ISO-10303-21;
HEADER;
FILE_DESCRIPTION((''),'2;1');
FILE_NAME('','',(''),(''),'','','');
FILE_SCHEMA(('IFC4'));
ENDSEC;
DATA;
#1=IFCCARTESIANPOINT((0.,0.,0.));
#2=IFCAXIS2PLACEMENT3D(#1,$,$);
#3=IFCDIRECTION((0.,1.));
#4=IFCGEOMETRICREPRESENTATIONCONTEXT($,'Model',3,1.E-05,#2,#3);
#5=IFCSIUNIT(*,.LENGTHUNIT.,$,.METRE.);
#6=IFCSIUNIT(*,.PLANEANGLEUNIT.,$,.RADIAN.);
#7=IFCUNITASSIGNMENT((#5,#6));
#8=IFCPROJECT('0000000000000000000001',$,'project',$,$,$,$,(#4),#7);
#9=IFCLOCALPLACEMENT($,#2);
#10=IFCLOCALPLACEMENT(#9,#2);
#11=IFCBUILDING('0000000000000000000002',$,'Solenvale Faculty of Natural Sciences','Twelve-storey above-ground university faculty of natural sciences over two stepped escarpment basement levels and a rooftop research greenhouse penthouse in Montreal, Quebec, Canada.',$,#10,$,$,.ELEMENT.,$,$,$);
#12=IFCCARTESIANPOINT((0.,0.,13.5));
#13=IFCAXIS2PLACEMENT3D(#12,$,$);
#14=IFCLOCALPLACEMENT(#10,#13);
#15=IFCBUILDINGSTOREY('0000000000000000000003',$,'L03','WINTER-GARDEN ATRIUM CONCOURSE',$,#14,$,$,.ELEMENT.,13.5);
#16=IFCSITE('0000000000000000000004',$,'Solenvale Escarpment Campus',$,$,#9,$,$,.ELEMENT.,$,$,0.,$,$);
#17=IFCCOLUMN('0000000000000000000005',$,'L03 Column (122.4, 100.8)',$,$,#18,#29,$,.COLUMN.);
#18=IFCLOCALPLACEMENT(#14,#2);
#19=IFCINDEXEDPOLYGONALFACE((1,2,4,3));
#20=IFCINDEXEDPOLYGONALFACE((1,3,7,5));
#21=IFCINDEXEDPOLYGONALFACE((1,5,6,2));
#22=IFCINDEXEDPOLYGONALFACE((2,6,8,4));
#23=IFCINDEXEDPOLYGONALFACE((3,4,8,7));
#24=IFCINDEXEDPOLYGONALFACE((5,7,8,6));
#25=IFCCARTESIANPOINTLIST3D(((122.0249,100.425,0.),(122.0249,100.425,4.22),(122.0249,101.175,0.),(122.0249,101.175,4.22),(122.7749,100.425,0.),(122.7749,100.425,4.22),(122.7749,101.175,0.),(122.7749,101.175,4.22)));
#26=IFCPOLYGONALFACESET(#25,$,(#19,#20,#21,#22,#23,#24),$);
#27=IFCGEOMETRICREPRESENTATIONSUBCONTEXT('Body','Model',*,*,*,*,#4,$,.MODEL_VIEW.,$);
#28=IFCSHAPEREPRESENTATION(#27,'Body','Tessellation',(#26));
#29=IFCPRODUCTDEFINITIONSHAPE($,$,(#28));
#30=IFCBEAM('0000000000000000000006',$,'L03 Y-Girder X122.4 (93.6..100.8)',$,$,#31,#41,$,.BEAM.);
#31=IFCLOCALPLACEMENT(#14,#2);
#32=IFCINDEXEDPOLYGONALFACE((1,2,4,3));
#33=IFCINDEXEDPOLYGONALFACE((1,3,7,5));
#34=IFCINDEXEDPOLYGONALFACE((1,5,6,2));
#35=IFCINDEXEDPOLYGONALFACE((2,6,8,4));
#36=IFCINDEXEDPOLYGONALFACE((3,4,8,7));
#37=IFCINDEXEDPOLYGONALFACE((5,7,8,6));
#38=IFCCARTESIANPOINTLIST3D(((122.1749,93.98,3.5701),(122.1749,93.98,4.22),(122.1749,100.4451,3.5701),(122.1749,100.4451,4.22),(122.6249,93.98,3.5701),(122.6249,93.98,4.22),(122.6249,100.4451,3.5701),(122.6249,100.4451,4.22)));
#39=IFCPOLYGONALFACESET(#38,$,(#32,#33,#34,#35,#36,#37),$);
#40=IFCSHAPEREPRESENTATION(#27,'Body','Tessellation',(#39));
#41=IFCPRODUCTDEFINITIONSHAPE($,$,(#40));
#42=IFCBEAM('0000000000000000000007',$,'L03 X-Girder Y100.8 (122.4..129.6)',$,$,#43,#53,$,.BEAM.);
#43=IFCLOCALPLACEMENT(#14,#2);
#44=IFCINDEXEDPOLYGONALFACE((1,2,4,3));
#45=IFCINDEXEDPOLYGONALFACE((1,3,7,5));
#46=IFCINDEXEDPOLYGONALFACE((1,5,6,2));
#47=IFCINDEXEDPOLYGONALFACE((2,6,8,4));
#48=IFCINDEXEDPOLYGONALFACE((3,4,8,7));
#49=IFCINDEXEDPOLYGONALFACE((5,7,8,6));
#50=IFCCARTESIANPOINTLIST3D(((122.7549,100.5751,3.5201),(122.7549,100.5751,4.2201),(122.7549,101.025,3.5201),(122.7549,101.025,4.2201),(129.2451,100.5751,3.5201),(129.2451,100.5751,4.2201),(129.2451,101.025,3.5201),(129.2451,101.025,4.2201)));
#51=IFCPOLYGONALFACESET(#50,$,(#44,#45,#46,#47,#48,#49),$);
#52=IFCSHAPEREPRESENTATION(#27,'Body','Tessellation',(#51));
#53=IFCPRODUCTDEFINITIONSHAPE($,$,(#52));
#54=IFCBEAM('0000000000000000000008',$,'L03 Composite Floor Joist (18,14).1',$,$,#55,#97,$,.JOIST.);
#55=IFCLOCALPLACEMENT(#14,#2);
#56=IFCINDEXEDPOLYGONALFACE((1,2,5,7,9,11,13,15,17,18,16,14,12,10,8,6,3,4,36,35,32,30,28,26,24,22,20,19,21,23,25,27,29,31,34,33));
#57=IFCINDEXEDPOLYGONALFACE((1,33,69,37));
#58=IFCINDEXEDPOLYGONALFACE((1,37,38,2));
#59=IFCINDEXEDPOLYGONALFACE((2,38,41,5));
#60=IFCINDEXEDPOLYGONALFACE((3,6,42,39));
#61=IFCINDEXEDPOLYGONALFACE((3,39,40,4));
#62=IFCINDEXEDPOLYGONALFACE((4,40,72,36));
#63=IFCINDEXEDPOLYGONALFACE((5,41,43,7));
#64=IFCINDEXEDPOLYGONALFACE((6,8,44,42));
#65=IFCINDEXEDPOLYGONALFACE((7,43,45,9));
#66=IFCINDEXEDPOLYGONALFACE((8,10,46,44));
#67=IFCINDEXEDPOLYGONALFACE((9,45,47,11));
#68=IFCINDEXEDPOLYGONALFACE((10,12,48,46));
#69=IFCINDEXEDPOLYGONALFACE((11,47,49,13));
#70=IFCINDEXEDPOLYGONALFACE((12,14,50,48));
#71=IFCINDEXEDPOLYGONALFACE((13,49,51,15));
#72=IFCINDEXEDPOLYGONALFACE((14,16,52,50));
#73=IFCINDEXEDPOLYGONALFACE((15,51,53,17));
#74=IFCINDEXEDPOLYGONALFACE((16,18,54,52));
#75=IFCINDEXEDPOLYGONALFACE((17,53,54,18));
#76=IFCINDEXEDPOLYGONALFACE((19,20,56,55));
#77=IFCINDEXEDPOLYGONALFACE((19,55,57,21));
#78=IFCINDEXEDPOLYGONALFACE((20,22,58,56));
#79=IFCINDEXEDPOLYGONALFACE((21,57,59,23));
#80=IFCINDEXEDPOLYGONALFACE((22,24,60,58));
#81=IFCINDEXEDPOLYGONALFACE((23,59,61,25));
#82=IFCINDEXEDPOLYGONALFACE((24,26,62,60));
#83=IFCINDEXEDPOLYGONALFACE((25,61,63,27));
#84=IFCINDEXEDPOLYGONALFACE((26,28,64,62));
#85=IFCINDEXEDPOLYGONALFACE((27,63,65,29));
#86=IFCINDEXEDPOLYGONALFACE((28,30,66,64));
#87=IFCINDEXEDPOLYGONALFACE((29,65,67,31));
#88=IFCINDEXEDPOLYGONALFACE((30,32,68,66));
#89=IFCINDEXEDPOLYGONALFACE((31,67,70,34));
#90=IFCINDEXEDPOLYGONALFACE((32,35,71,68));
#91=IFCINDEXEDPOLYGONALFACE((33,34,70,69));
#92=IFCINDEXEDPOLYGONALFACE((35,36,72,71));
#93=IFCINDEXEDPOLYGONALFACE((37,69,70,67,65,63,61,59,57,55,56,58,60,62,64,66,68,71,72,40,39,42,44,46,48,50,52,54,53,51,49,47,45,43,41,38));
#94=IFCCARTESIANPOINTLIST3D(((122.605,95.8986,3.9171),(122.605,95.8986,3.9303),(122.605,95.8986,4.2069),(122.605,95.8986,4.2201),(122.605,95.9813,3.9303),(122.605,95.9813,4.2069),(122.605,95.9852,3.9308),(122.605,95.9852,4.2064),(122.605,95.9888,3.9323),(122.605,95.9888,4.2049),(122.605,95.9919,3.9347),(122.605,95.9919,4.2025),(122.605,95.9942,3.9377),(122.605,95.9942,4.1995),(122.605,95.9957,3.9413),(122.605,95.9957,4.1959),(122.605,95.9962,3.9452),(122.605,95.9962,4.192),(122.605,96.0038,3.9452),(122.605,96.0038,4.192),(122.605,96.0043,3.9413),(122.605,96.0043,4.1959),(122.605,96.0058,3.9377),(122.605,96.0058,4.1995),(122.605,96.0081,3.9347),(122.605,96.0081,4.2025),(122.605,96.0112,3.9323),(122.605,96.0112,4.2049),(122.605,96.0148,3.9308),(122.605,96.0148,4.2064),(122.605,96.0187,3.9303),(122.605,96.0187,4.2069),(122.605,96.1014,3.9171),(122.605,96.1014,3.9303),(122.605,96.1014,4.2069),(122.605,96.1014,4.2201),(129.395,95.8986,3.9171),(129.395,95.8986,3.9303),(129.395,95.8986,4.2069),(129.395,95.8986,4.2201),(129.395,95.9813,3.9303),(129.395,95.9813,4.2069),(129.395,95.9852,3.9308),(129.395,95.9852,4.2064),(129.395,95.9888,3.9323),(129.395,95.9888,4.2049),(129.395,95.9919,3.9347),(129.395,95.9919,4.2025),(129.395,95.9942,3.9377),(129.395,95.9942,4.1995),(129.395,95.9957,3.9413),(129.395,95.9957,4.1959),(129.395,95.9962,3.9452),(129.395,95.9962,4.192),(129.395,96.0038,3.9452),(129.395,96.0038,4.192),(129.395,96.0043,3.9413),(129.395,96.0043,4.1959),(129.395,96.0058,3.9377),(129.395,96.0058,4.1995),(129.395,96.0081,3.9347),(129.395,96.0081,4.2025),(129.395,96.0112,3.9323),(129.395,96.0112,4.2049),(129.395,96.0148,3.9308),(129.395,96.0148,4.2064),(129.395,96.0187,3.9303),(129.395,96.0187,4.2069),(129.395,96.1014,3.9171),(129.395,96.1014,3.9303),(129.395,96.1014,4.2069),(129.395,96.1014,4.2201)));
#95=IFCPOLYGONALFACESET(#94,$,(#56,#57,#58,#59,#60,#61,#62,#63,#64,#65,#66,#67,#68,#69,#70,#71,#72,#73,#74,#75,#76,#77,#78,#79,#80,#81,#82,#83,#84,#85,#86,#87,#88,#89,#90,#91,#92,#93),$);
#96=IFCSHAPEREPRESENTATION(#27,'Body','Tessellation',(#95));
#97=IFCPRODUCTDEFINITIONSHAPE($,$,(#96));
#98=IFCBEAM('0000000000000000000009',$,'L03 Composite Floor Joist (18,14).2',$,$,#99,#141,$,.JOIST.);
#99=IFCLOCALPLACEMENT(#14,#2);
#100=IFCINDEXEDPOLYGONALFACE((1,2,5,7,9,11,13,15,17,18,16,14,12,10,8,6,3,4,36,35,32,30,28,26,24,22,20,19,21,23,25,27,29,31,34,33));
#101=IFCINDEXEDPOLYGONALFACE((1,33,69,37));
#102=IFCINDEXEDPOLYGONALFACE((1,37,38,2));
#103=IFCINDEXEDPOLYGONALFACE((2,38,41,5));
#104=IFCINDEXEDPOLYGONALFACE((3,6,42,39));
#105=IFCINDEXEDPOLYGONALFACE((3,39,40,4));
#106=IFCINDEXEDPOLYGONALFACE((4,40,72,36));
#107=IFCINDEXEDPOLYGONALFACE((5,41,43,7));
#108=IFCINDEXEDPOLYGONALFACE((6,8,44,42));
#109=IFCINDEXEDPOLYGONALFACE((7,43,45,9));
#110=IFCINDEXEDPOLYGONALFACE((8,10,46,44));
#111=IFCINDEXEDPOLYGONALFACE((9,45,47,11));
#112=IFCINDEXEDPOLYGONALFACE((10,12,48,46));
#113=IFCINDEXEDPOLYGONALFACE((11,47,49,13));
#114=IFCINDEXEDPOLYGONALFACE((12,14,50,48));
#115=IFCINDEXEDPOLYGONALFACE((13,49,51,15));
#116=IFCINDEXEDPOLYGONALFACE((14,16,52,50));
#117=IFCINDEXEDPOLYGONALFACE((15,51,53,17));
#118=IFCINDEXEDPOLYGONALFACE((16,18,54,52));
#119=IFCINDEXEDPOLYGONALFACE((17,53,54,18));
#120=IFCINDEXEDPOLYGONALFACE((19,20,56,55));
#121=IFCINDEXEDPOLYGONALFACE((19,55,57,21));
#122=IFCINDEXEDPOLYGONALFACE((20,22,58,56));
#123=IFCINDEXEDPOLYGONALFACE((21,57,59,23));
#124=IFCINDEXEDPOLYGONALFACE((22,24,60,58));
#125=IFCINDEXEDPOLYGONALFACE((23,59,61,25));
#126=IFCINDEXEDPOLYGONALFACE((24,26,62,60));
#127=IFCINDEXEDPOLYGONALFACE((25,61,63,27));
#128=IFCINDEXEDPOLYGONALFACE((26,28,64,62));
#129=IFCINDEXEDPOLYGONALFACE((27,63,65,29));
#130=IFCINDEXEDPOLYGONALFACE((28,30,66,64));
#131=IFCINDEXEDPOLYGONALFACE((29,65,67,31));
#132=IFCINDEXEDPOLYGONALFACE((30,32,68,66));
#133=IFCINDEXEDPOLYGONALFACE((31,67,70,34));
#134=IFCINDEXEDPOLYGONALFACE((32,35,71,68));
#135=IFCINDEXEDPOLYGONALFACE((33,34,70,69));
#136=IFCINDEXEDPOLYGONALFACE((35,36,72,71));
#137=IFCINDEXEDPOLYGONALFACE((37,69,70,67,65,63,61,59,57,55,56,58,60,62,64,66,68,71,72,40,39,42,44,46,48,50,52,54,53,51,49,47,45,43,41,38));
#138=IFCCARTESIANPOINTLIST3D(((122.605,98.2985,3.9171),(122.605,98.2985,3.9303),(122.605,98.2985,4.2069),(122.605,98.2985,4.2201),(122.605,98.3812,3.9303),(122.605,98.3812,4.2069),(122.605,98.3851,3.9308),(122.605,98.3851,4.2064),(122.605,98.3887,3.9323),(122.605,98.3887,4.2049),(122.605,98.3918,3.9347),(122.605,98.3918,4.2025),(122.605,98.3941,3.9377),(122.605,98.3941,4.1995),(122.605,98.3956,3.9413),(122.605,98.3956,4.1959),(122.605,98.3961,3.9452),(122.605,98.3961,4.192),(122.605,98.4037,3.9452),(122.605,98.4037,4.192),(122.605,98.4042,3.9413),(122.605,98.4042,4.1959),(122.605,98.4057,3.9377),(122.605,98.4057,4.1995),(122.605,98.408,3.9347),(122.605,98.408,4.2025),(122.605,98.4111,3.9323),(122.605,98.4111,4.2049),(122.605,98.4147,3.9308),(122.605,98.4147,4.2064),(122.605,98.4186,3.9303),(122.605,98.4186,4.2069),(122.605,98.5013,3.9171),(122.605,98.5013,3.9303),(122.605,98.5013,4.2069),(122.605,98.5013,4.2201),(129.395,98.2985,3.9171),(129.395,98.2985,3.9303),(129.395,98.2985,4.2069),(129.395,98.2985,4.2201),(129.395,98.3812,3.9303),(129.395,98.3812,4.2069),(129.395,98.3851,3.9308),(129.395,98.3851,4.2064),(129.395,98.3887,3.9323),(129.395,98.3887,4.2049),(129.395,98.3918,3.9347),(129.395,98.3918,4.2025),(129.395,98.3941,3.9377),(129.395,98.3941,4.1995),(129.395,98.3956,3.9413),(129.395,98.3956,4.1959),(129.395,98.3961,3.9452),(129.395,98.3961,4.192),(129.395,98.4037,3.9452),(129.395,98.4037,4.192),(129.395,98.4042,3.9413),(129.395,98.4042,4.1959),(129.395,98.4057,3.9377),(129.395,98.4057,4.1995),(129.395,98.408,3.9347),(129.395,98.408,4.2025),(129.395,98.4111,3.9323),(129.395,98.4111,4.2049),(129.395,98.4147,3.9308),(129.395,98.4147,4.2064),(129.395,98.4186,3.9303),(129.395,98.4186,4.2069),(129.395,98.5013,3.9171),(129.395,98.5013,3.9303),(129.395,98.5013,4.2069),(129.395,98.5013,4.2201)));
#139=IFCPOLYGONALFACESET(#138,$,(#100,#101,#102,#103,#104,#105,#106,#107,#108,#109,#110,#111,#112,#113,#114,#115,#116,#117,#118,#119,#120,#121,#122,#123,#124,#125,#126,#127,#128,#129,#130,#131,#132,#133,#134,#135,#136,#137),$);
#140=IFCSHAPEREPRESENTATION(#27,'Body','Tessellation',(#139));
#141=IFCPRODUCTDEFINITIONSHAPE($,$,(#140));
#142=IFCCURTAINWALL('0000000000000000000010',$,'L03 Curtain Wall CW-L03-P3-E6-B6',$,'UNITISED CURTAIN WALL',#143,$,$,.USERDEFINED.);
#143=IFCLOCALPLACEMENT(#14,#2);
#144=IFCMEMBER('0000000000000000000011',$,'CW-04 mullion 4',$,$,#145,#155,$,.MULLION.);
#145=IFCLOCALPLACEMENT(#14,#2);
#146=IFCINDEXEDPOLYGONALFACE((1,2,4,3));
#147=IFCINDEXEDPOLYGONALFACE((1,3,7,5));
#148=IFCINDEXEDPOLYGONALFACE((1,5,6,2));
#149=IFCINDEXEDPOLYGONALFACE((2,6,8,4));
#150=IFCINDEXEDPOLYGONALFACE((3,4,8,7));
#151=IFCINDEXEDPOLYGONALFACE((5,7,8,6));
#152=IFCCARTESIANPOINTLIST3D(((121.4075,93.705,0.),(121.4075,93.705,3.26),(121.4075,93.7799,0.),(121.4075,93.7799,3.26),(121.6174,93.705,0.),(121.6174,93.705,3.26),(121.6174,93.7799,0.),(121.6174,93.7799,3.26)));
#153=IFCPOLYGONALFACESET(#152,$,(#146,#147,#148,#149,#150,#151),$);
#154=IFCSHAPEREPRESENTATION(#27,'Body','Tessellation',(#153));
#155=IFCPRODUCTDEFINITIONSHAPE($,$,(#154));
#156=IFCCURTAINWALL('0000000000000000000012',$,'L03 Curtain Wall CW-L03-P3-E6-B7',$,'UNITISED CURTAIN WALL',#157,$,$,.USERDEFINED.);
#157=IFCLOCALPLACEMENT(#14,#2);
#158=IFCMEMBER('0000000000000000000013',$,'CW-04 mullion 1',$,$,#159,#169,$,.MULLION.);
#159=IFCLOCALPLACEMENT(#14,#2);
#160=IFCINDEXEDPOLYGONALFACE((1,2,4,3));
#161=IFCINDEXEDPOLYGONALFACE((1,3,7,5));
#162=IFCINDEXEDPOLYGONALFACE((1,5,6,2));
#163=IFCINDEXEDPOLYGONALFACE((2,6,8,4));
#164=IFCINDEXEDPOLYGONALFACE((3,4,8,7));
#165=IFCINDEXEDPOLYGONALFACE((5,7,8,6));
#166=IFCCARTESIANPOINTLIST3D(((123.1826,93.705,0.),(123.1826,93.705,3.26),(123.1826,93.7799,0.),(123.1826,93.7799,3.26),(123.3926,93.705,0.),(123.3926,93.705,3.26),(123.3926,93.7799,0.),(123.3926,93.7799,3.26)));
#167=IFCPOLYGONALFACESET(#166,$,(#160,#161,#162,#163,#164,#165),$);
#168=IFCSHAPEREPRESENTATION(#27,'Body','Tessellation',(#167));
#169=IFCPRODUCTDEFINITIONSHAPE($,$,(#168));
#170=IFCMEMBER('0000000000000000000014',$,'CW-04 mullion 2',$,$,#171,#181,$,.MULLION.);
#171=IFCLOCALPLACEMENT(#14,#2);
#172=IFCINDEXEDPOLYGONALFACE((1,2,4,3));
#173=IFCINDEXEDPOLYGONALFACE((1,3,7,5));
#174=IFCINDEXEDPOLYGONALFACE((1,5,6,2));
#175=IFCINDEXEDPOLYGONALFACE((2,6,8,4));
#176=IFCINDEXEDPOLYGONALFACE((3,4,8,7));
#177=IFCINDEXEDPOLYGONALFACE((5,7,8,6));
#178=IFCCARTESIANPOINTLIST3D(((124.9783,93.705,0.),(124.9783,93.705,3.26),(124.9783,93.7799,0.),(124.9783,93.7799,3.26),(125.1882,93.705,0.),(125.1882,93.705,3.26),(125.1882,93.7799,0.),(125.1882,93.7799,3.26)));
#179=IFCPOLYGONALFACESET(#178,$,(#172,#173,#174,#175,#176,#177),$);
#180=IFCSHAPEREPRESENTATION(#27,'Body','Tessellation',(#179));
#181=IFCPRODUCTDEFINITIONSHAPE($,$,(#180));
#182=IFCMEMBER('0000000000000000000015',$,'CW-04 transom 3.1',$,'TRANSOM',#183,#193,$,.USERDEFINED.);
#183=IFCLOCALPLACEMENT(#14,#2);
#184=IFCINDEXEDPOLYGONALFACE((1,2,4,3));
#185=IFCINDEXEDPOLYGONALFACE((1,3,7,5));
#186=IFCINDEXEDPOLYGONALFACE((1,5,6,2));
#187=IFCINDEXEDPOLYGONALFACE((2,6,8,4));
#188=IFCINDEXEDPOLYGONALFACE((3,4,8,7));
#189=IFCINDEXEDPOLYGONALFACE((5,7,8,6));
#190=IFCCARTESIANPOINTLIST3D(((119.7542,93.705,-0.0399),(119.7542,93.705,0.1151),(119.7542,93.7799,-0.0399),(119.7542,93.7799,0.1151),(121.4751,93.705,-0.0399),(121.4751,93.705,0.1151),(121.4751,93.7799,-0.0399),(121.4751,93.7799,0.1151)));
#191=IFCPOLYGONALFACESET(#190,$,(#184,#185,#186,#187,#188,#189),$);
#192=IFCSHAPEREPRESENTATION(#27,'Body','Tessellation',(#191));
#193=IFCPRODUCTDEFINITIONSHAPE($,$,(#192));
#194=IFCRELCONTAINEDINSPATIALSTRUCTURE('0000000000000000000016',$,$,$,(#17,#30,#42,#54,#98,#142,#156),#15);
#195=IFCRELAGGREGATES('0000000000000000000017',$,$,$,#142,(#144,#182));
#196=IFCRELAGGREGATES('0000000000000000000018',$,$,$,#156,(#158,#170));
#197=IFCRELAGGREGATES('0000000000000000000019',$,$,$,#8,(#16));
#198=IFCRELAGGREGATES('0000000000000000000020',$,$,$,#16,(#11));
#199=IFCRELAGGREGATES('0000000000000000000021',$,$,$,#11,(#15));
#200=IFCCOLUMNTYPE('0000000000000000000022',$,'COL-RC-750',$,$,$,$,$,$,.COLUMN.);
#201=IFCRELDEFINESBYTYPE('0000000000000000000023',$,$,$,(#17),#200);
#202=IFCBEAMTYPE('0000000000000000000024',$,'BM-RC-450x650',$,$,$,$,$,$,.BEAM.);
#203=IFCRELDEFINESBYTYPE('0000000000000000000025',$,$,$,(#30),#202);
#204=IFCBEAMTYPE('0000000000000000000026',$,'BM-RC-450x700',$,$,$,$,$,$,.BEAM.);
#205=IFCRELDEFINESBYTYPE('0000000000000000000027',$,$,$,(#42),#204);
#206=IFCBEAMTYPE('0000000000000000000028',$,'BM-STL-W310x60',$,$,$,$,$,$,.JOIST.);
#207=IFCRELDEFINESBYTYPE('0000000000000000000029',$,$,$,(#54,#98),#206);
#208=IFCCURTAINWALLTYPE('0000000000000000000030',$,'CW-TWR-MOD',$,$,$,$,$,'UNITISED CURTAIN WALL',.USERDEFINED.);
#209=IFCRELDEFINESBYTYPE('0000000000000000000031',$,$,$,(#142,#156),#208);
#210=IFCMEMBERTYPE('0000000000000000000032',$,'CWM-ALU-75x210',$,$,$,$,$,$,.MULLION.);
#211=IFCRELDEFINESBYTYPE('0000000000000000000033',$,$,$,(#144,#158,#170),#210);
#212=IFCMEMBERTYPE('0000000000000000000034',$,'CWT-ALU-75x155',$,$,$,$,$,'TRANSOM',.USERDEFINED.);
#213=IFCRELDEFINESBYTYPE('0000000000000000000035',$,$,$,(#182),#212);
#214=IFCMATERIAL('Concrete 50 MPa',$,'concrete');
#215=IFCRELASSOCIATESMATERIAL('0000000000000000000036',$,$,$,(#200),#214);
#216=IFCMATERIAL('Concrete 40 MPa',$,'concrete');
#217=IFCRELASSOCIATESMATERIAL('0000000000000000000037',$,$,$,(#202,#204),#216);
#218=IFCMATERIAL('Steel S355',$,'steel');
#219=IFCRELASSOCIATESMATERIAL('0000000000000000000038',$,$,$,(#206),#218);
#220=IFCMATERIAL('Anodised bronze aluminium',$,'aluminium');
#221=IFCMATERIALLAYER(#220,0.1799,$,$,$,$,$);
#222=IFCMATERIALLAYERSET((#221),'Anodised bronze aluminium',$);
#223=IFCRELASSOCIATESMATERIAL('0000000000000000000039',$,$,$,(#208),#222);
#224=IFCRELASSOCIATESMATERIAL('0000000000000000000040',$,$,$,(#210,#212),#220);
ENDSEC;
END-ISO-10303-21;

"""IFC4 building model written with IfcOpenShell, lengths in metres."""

from ifc_helpers import new_model, si_unit, direction, frame, origin, origin_2d, place, context, subcontext, project, spatial, rectangle, i_section, extrude, material, layer, layer_set, material_profile, profile_set, type_object, element, aggregate, save


model = new_model("IFC4")

# Units and contexts
model_context = context("Model", 3, precision=1e-05, world=origin(), true_north=direction((0.0, 1.0)))
body_context = subcontext(model_context, "Body", "Model", "MODEL_VIEW")
ifc_project = project(units=[si_unit("LENGTHUNIT", "METRE"), si_unit("PLANEANGLEUNIT", "RADIAN")], contexts=[model_context])

# Site, building, storey
site_placement = place(None, origin())
site = spatial("IfcSite", under=ifc_project, at=site_placement, Name="Solenvale Escarpment Campus", CompositionType="ELEMENT", RefElevation=0.0)
building_placement = place(site_placement, origin())
building = spatial("IfcBuilding", under=site, at=building_placement, Name="Solenvale Faculty of Natural Sciences", Description="Twelve-storey above-ground university faculty of natural sciences over two stepped escarpment basement levels and a rooftop research greenhouse penthouse in Montreal, Quebec, Canada.", CompositionType="ELEMENT")
storey_placement = place(building_placement, frame((0.0, 0.0, 13.5)))
storey = spatial("IfcBuildingStorey", under=building, at=storey_placement, Name="L03", Description="WINTER-GARDEN ATRIUM CONCOURSE", CompositionType="ELEMENT", Elevation=13.5)

# Column
ifc_material_1 = material(Name="Concrete 50 MPa", Category="concrete")
ifc_material_profile_1 = material_profile(ifc_material_1, rectangle(XDim=0.75, YDim=0.75, at=origin_2d()), Name="RC-COL-750x750")
ifc_profile_set_1 = profile_set([ifc_material_profile_1], Name="Concrete 50 MPa")
column_type = type_object("IfcColumnType", Name="COL-RC-750", PredefinedType="COLUMN", material=ifc_profile_set_1)
column_placement = place(storey_placement, frame((122.3999, 100.8, 0.0), z_axis=(0.0, 0.0, 1.0), x_axis=(1.0, 0.0, 0.0)))
element("IfcColumn", 1, at=column_placement, inside=storey, type_object=column_type, Name="L03 Column (122.4, 100.8)", PredefinedType="COLUMN", context=body_context, shape_type="SweptSolid", body=[
    extrude(rectangle(XDim=0.75, YDim=0.75, at=origin_2d()), origin(), (0.0, 0.0, 1.0), 4.22),
])

# Beams
ifc_material_2 = material(Name="Concrete 40 MPa", Category="concrete")
ifc_material_profile_2 = material_profile(ifc_material_2, rectangle(XDim=0.45, YDim=0.6499, at=origin_2d()), Name="RC-BM-450x650")
ifc_profile_set_2 = profile_set([ifc_material_profile_2], Name="Concrete 40 MPa")
beam_type_1 = type_object("IfcBeamType", Name="BM-RC-450x650", PredefinedType="BEAM", material=ifc_profile_set_2)
beam_1_placement = place(storey_placement, frame((122.3999, 93.98, 3.895), z_axis=(0.0, 1.0, 0.0), x_axis=(-1.0, 0.0, 0.0)))
element("IfcBeam", 2, at=beam_1_placement, inside=storey, type_object=beam_type_1, Name="L03 Y-Girder X122.4 (93.6..100.8)", PredefinedType="BEAM", context=body_context, shape_type="SweptSolid", body=[
    extrude(rectangle(XDim=0.45, YDim=0.6499, at=origin_2d()), origin(), (0.0, 0.0, 1.0), 6.4651),
])
ifc_material_profile_3 = material_profile(ifc_material_2, rectangle(XDim=0.45, YDim=0.7, at=origin_2d()), Name="RC-BM-450x700")
ifc_profile_set_3 = profile_set([ifc_material_profile_3], Name="Concrete 40 MPa")
beam_type_2 = type_object("IfcBeamType", Name="BM-RC-450x700", PredefinedType="BEAM", material=ifc_profile_set_3)
beam_2_placement = place(storey_placement, frame((122.7549, 100.8, 3.8701), z_axis=(1.0, 0.0, 0.0), x_axis=(0.0, 1.0, 0.0)))
element("IfcBeam", 3, at=beam_2_placement, inside=storey, type_object=beam_type_2, Name="L03 X-Girder Y100.8 (122.4..129.6)", PredefinedType="BEAM", context=body_context, shape_type="SweptSolid", body=[
    extrude(rectangle(XDim=0.45, YDim=0.7, at=origin_2d()), origin(), (0.0, 0.0, 1.0), 6.4902),
])
ifc_material_3 = material(Name="Steel S355", Category="steel")
ifc_material_profile_4 = material_profile(ifc_material_3, i_section(OverallWidth=0.2029, OverallDepth=0.303, WebThickness=0.0076, FlangeThickness=0.0132, FilletRadius=0.0149, at=origin_2d()), Name="W310x60")
ifc_profile_set_4 = profile_set([ifc_material_profile_4], Name="Steel S355")
beam_type_3 = type_object("IfcBeamType", Name="BM-STL-W310x60", PredefinedType="JOIST", material=ifc_profile_set_4)
for number, where, z_axis, x_axis, name in (
    (4, (122.605, 96.0, 4.0686), (1.0, 0.0, 0.0), (0.0, 1.0, 0.0), "L03 Composite Floor Joist (18,14).1"),
    (5, (122.605, 98.3999, 4.0686), (1.0, 0.0, 0.0), (0.0, 1.0, 0.0), "L03 Composite Floor Joist (18,14).2"),
):
    element("IfcBeam", number, at=place(storey_placement, frame(where, z_axis=z_axis, x_axis=x_axis)), inside=storey, type_object=beam_type_3, Name=name, PredefinedType="JOIST", context=body_context, shape_type="SweptSolid", body=[
        extrude(i_section(OverallWidth=0.2029, OverallDepth=0.303, WebThickness=0.0076, FlangeThickness=0.0132, FilletRadius=0.0149, at=origin_2d()), origin(), (0.0, 0.0, 1.0), 6.79),
    ])

# Curtain wall, member
ifc_material_4 = material(Name="Anodised bronze aluminium", Category="aluminium")
ifc_layer_1 = layer(ifc_material_4, 0.1799)
ifc_layer_set_1 = layer_set([ifc_layer_1], Name="Anodised bronze aluminium")
curtain_wall_type = type_object("IfcCurtainWallType", Name="CW-TWR-MOD", ElementType="UNITISED CURTAIN WALL", PredefinedType="USERDEFINED", material=ifc_layer_set_1)
curtain_wall_1_placement = place(storey_placement, origin())
curtain_wall_1 = element("IfcCurtainWall", 6, at=curtain_wall_1_placement, inside=storey, type_object=curtain_wall_type, Name="L03 Curtain Wall CW-L03-P3-E6-B6", ObjectType="UNITISED CURTAIN WALL", PredefinedType="USERDEFINED")
ifc_material_profile_5 = material_profile(ifc_material_4, rectangle(XDim=0.075, YDim=0.21, at=origin_2d()), Name="ALU-MUL-75x210")
ifc_profile_set_5 = profile_set([ifc_material_profile_5], Name="Anodised bronze aluminium")
member_type_1 = type_object("IfcMemberType", Name="CWM-ALU-75x210", PredefinedType="MULLION", material=ifc_profile_set_5)
member_1_placement = place(storey_placement, frame((121.5125, 93.7424, 0.0), z_axis=(0.0, 0.0, 1.0), x_axis=(0.0, 1.0, 0.0)))
member_1 = element("IfcMember", 7, at=member_1_placement, type_object=member_type_1, Name="CW-04 mullion 4", PredefinedType="MULLION", context=body_context, shape_type="SweptSolid", body=[
    extrude(rectangle(XDim=0.075, YDim=0.21, at=origin_2d()), origin(), (0.0, 0.0, 1.0), 3.26),
])

# Curtain wall, members
curtain_wall_2_placement = place(storey_placement, origin())
curtain_wall_2 = element("IfcCurtainWall", 8, at=curtain_wall_2_placement, inside=storey, type_object=curtain_wall_type, Name="L03 Curtain Wall CW-L03-P3-E6-B7", ObjectType="UNITISED CURTAIN WALL", PredefinedType="USERDEFINED")
member_2_placement = place(storey_placement, frame((123.2876, 93.7424, 0.0), z_axis=(0.0, 0.0, 1.0), x_axis=(0.0, 1.0, 0.0)))
member_2 = element("IfcMember", 9, at=member_2_placement, type_object=member_type_1, Name="CW-04 mullion 1", PredefinedType="MULLION", context=body_context, shape_type="SweptSolid", body=[
    extrude(rectangle(XDim=0.075, YDim=0.21, at=origin_2d()), origin(), (0.0, 0.0, 1.0), 3.26),
])
member_3_placement = place(storey_placement, frame((125.0833, 93.7424, 0.0), z_axis=(0.0, 0.0, 1.0), x_axis=(0.0, 1.0, 0.0)))
member_3 = element("IfcMember", 10, at=member_3_placement, type_object=member_type_1, Name="CW-04 mullion 2", PredefinedType="MULLION", context=body_context, shape_type="SweptSolid", body=[
    extrude(rectangle(XDim=0.075, YDim=0.21, at=origin_2d()), origin(), (0.0, 0.0, 1.0), 3.26),
])

# Member
ifc_material_profile_6 = material_profile(ifc_material_4, rectangle(XDim=0.075, YDim=0.155, at=origin_2d()), Name="ALU-TRN-75x155")
ifc_profile_set_6 = profile_set([ifc_material_profile_6], Name="Anodised bronze aluminium")
member_type_2 = type_object("IfcMemberType", Name="CWT-ALU-75x155", ElementType="TRANSOM", PredefinedType="USERDEFINED", material=ifc_profile_set_6)
member_4_placement = place(storey_placement, frame((119.7542, 93.7424, 0.0376), z_axis=(1.0, 0.0, 0.0), x_axis=(0.0, 1.0, 0.0)))
member_4 = element("IfcMember", 11, at=member_4_placement, type_object=member_type_2, Name="CW-04 transom 3.1", ObjectType="TRANSOM", PredefinedType="USERDEFINED", context=body_context, shape_type="SweptSolid", body=[
    extrude(rectangle(XDim=0.075, YDim=0.155, at=origin_2d()), origin(), (0.0, 0.0, 1.0), 1.7209),
])

aggregate(curtain_wall_1, [member_1, member_4])
aggregate(curtain_wall_2, [member_2, member_3])

save(model, "model.ifc")
